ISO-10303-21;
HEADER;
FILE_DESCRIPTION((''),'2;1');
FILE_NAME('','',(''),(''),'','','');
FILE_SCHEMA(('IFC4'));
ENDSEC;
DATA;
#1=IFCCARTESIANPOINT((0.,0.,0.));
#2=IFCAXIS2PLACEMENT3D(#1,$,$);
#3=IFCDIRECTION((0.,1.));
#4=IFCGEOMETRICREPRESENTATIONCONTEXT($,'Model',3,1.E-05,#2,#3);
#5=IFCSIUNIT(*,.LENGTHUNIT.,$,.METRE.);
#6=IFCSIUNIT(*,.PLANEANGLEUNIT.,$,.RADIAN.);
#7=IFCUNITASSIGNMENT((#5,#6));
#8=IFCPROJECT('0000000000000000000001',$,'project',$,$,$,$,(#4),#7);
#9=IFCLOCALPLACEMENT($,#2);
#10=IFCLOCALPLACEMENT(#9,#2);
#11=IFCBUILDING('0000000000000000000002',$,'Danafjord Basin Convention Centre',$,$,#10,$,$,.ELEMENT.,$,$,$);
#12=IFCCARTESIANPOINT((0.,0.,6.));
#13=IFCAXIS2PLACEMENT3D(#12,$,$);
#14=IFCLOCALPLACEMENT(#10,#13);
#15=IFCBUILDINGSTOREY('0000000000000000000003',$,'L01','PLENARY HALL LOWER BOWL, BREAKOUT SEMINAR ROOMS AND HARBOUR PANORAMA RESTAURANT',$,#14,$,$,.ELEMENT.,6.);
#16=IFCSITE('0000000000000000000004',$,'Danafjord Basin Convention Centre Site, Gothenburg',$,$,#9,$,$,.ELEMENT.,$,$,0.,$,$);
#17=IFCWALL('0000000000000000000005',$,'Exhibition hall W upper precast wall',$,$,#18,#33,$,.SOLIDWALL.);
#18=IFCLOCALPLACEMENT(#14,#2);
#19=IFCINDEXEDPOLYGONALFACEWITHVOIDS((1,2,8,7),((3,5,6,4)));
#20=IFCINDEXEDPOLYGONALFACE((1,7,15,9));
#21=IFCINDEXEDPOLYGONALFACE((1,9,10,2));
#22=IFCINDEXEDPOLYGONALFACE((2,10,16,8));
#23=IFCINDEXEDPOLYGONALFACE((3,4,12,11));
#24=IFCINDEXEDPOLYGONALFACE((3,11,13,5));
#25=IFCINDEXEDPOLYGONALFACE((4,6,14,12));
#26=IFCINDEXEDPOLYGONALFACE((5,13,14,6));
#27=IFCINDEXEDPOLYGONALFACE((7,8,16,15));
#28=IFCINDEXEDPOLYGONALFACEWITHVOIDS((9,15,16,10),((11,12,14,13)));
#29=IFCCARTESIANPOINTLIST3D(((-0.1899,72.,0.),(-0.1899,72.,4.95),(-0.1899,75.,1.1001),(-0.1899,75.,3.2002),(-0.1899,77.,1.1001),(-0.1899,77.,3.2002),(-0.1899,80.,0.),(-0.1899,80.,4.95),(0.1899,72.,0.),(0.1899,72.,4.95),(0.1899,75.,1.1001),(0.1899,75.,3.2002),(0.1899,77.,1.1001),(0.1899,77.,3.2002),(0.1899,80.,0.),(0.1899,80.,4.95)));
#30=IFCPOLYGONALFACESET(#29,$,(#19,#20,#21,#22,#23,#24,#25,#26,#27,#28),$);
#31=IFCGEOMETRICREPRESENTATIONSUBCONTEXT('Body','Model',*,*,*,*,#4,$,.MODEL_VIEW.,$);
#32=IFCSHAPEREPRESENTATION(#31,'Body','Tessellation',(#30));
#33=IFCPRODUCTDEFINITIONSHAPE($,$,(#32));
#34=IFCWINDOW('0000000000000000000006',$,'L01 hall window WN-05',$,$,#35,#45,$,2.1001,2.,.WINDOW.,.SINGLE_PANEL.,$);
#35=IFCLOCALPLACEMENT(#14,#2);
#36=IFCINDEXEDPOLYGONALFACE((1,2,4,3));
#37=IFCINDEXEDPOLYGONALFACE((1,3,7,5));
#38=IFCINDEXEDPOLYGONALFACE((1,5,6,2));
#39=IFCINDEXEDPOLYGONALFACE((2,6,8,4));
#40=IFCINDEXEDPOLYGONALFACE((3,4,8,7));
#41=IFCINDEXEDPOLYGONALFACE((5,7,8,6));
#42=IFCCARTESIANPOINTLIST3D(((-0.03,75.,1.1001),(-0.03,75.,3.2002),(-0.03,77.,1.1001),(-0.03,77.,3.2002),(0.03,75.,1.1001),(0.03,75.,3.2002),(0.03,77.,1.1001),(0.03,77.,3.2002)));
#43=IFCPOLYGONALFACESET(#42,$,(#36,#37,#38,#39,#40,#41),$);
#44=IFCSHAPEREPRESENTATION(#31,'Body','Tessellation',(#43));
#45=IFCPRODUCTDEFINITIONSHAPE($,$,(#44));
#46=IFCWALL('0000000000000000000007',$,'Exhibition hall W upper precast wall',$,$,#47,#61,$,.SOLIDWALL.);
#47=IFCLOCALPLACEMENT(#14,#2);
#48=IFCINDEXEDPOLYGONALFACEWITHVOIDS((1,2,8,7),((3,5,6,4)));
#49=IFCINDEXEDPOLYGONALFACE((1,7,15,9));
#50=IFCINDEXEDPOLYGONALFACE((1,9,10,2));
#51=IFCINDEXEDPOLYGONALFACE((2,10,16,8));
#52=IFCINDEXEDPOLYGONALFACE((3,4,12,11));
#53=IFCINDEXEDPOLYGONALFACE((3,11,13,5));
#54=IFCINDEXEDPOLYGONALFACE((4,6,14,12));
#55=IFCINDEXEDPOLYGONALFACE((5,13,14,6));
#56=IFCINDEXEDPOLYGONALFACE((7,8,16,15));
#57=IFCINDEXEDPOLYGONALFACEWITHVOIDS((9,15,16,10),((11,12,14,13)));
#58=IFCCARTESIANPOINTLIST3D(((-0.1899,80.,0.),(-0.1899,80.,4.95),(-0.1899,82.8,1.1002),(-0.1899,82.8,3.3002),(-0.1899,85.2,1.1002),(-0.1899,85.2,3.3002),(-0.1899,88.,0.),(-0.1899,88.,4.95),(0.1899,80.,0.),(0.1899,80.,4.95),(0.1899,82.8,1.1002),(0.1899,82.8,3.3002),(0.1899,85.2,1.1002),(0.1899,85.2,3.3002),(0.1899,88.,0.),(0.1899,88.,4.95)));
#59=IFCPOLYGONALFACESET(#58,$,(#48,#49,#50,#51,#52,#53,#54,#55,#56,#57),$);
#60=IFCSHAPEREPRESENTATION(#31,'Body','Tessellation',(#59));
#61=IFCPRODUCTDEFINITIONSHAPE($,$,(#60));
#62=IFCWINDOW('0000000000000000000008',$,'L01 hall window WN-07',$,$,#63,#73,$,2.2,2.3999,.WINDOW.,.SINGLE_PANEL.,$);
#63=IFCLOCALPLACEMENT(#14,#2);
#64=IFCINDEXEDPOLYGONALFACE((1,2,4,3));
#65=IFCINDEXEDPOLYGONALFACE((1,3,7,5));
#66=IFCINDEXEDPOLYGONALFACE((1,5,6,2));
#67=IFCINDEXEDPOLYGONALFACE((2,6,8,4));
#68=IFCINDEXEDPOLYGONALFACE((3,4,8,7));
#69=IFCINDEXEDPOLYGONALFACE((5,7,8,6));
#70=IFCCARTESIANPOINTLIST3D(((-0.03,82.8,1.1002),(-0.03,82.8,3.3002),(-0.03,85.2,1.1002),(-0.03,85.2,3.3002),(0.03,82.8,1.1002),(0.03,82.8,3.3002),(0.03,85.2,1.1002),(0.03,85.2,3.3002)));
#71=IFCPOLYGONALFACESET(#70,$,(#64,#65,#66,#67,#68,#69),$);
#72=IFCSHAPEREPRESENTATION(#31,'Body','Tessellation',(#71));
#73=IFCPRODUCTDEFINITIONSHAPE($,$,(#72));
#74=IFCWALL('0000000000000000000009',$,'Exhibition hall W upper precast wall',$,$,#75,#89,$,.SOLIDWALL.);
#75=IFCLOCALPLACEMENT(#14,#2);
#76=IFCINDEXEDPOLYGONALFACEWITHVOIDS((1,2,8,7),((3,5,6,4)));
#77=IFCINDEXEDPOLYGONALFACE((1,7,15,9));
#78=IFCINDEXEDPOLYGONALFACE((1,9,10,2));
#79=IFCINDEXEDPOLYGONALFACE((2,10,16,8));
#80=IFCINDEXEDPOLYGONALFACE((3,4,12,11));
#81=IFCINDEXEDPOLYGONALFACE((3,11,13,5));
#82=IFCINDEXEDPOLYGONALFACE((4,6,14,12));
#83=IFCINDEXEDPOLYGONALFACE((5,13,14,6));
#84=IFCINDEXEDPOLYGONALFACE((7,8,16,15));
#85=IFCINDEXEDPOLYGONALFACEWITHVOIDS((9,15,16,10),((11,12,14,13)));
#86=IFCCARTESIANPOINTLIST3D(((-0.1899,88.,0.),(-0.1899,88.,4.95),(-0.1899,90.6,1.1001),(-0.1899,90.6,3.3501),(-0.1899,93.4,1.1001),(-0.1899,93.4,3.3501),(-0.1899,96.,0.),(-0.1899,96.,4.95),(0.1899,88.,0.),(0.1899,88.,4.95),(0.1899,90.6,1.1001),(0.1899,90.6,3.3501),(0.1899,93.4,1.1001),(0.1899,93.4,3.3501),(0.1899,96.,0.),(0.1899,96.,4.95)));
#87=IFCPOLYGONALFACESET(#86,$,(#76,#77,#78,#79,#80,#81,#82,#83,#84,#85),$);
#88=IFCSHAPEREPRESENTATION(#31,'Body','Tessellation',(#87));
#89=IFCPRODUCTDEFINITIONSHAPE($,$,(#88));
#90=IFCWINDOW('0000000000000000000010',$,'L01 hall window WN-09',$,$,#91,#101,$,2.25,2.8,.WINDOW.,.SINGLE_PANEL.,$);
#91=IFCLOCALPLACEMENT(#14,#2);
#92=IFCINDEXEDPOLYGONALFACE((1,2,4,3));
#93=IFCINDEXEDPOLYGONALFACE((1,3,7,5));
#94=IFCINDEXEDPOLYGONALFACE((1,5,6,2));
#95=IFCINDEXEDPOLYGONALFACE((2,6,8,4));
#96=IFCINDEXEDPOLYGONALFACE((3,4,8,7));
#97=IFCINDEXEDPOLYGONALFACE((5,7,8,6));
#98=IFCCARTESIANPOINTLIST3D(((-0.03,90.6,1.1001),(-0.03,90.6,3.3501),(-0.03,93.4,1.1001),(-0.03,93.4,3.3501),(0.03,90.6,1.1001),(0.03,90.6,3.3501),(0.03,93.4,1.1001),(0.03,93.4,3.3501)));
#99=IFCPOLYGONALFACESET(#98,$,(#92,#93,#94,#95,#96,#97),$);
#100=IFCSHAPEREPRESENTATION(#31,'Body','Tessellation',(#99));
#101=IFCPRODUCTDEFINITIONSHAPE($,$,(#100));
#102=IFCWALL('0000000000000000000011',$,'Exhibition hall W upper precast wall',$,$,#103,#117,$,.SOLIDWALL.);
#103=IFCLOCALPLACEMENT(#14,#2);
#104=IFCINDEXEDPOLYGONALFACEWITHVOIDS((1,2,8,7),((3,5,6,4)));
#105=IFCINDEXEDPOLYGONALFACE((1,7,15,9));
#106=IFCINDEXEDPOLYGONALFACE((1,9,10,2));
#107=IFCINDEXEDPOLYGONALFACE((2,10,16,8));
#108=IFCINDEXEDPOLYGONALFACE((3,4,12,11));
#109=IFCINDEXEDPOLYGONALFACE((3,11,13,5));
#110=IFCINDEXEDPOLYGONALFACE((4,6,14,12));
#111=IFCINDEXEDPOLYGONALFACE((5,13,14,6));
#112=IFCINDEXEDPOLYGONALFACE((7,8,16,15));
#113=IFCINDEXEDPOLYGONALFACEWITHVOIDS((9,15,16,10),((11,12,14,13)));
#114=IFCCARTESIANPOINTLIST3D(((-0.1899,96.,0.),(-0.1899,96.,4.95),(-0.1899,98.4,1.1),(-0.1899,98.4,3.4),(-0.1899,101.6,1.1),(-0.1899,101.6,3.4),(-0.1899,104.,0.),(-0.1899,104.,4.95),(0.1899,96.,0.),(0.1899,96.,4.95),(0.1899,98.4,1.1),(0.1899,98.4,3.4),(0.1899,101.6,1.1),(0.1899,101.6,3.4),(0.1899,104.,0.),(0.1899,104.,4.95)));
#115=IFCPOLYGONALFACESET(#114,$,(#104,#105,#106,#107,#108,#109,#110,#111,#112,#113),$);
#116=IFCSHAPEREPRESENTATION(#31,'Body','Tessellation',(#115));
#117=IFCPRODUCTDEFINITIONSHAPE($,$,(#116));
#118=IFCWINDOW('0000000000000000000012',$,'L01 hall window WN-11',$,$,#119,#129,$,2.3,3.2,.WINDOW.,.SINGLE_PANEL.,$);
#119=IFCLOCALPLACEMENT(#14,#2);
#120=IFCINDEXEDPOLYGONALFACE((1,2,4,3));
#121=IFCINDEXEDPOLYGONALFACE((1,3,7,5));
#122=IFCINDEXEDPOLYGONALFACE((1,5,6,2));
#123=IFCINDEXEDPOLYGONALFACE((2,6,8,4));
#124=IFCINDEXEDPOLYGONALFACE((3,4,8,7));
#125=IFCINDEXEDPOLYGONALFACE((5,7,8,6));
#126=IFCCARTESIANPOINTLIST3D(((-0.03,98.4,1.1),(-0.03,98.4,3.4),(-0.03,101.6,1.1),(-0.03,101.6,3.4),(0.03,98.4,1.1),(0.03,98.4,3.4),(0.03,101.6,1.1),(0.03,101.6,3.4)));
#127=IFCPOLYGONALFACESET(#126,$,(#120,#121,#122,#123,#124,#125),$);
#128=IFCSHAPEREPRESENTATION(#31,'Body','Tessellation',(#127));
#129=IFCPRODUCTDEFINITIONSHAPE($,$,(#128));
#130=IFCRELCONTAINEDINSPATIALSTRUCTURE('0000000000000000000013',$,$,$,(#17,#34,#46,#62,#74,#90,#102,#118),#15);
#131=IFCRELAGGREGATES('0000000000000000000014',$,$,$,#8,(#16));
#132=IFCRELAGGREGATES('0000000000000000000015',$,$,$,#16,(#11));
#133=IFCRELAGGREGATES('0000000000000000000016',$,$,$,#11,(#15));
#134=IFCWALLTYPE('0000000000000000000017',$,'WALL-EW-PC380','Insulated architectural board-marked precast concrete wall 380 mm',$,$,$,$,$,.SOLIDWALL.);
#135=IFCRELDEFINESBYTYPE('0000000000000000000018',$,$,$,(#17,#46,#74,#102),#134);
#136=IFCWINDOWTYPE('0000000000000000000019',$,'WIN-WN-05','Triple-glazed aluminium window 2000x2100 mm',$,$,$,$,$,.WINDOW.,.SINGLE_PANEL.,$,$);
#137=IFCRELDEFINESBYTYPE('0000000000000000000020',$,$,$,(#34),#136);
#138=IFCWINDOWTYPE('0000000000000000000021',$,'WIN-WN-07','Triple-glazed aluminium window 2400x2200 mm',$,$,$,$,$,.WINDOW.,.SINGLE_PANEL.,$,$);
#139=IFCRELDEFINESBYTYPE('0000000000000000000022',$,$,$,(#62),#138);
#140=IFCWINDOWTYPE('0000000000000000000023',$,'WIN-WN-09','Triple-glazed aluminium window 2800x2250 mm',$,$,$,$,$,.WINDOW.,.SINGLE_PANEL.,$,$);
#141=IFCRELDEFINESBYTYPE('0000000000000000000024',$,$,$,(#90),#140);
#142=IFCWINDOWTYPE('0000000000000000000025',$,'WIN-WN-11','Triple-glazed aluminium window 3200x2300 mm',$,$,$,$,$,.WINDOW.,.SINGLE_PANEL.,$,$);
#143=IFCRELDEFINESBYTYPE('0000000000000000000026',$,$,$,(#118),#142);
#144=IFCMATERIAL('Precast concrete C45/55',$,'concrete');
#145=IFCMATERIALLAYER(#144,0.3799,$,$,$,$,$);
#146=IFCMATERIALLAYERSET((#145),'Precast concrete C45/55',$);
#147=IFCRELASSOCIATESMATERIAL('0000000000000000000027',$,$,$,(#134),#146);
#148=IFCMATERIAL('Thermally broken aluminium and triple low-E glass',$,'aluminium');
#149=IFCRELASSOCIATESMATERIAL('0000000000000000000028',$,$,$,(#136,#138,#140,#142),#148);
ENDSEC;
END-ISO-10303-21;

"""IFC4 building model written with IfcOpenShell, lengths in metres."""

from ifc_helpers import new_model, si_unit, direction, frame, frame_2d, origin, place, context, subcontext, project, spatial, rectangle, extrude, material, layer, layer_set, type_object, element, fill, save


model = new_model("IFC4")

# Units and contexts
model_context = context("Model", 3, precision=1e-05, world=origin(), true_north=direction((0.0, 1.0)))
body_context = subcontext(model_context, "Body", "Model", "MODEL_VIEW")
ifc_project = project(units=[si_unit("LENGTHUNIT", "METRE"), si_unit("PLANEANGLEUNIT", "RADIAN")], contexts=[model_context])

# Site, building, storey
site_placement = place(None, origin())
site = spatial("IfcSite", under=ifc_project, at=site_placement, Name="Danafjord Basin Convention Centre Site, Gothenburg", CompositionType="ELEMENT", RefElevation=0.0)
building_placement = place(site_placement, origin())
building = spatial("IfcBuilding", under=site, at=building_placement, Name="Danafjord Basin Convention Centre", CompositionType="ELEMENT")
storey_placement = place(building_placement, frame((0.0, 0.0, 6.0)))
storey = spatial("IfcBuildingStorey", under=building, at=storey_placement, Name="L01", Description="PLENARY HALL LOWER BOWL, BREAKOUT SEMINAR ROOMS AND HARBOUR PANORAMA RESTAURANT", CompositionType="ELEMENT", Elevation=6.0)

# Walls, openings, windows
ifc_material_1 = material(Name="Precast concrete C45/55", Category="concrete")
ifc_layer_1 = layer(ifc_material_1, 0.3799)
ifc_layer_set_1 = layer_set([ifc_layer_1], Name="Precast concrete C45/55")
wall_type_1 = type_object("IfcWallType", Name="WALL-EW-PC380", Description="Insulated architectural board-marked precast concrete wall 380 mm", PredefinedType="SOLIDWALL", material=ifc_layer_set_1)
wall_1_placement = place(storey_placement, frame((0.0, 72.0, 0.0), z_axis=(0.0, 0.0, 1.0), x_axis=(0.0, 1.0, 0.0)))
wall_1 = element("IfcWall", 1, at=wall_1_placement, inside=storey, type_object=wall_type_1, Name="Exhibition hall W upper precast wall", PredefinedType="SOLIDWALL", context=body_context, shape_type="SweptSolid", body=[
    extrude(rectangle(XDim=8.0, YDim=0.3799, at=frame_2d((4.0, 0.0))), origin(), (0.0, 0.0, 1.0), 4.95),
])
opening_1_placement = place(wall_1_placement, frame((3.0, 0.0, 1.1001)))
opening_1 = element("IfcOpeningElement", 2, at=opening_1_placement, cuts=wall_1, PredefinedType="OPENING", context=body_context, shape_type="SweptSolid", body=[
    extrude(rectangle(XDim=2.0, YDim=2.1001, at=frame_2d((1.0, 1.05))), frame((0.0, 0.2, 0.0), z_axis=(0.0, -1.0, 0.0), x_axis=(1.0, 0.0, 0.0)), (0.0, 0.0, 1.0), 0.3999),
])
ifc_material_2 = material(Name="Thermally broken aluminium and triple low-E glass", Category="aluminium")
window_type_1 = type_object("IfcWindowType", Name="WIN-WN-05", Description="Triple-glazed aluminium window 2000x2100 mm", PartitioningType="SINGLE_PANEL", PredefinedType="WINDOW", material=ifc_material_2)
window_1_placement = place(opening_1_placement, origin())
window_1 = element("IfcWindow", 3, at=window_1_placement, inside=storey, type_object=window_type_1, Name="L01 hall window WN-05", OverallHeight=2.1001, OverallWidth=2.0, PartitioningType="SINGLE_PANEL", PredefinedType="WINDOW", context=body_context, shape_type="SweptSolid", body=[
    extrude(rectangle(XDim=2.0, YDim=2.1001, at=frame_2d((1.0, 1.05))), frame((0.0, 0.03, 0.0), z_axis=(0.0, -1.0, 0.0), x_axis=(1.0, 0.0, 0.0)), (0.0, 0.0, 1.0), 0.0601),
])
fill(opening_1, window_1)
wall_2_placement = place(storey_placement, frame((0.0, 80.0, 0.0), z_axis=(0.0, 0.0, 1.0), x_axis=(0.0, 1.0, 0.0)))
wall_2 = element("IfcWall", 4, at=wall_2_placement, inside=storey, type_object=wall_type_1, Name="Exhibition hall W upper precast wall", PredefinedType="SOLIDWALL", context=body_context, shape_type="SweptSolid", body=[
    extrude(rectangle(XDim=8.0, YDim=0.3799, at=frame_2d((4.0, 0.0))), origin(), (0.0, 0.0, 1.0), 4.95),
])
opening_2_placement = place(wall_2_placement, frame((2.8, 0.0, 1.1001)))
opening_2 = element("IfcOpeningElement", 5, at=opening_2_placement, cuts=wall_2, PredefinedType="OPENING", context=body_context, shape_type="SweptSolid", body=[
    extrude(rectangle(XDim=2.3999, YDim=2.2, at=frame_2d((1.2, 1.1001))), frame((0.0, 0.2, 0.0), z_axis=(0.0, -1.0, 0.0), x_axis=(1.0, 0.0, 0.0)), (0.0, 0.0, 1.0), 0.3999),
])
window_type_2 = type_object("IfcWindowType", Name="WIN-WN-07", Description="Triple-glazed aluminium window 2400x2200 mm", PartitioningType="SINGLE_PANEL", PredefinedType="WINDOW", material=ifc_material_2)
window_2_placement = place(opening_2_placement, origin())
window_2 = element("IfcWindow", 6, at=window_2_placement, inside=storey, type_object=window_type_2, Name="L01 hall window WN-07", OverallHeight=2.2, OverallWidth=2.3999, PartitioningType="SINGLE_PANEL", PredefinedType="WINDOW", context=body_context, shape_type="SweptSolid", body=[
    extrude(rectangle(XDim=2.3999, YDim=2.2, at=frame_2d((1.2, 1.1001))), frame((0.0, 0.03, 0.0), z_axis=(0.0, -1.0, 0.0), x_axis=(1.0, 0.0, 0.0)), (0.0, 0.0, 1.0), 0.0601),
])
fill(opening_2, window_2)
wall_3_placement = place(storey_placement, frame((0.0, 88.0, 0.0), z_axis=(0.0, 0.0, 1.0), x_axis=(0.0, 1.0, 0.0)))
wall_3 = element("IfcWall", 7, at=wall_3_placement, inside=storey, type_object=wall_type_1, Name="Exhibition hall W upper precast wall", PredefinedType="SOLIDWALL", context=body_context, shape_type="SweptSolid", body=[
    extrude(rectangle(XDim=8.0, YDim=0.3799, at=frame_2d((4.0, 0.0))), origin(), (0.0, 0.0, 1.0), 4.95),
])
opening_3_placement = place(wall_3_placement, frame((2.6001, 0.0, 1.1001)))
opening_3 = element("IfcOpeningElement", 8, at=opening_3_placement, cuts=wall_3, PredefinedType="OPENING", context=body_context, shape_type="SweptSolid", body=[
    extrude(rectangle(XDim=2.8, YDim=2.25, at=frame_2d((1.3999, 1.125))), frame((0.0, 0.2, 0.0), z_axis=(0.0, -1.0, 0.0), x_axis=(1.0, 0.0, 0.0)), (0.0, 0.0, 1.0), 0.3999),
])
window_type_3 = type_object("IfcWindowType", Name="WIN-WN-09", Description="Triple-glazed aluminium window 2800x2250 mm", PartitioningType="SINGLE_PANEL", PredefinedType="WINDOW", material=ifc_material_2)
window_3_placement = place(opening_3_placement, origin())
window_3 = element("IfcWindow", 9, at=window_3_placement, inside=storey, type_object=window_type_3, Name="L01 hall window WN-09", OverallHeight=2.25, OverallWidth=2.8, PartitioningType="SINGLE_PANEL", PredefinedType="WINDOW", context=body_context, shape_type="SweptSolid", body=[
    extrude(rectangle(XDim=2.8, YDim=2.25, at=frame_2d((1.3999, 1.125))), frame((0.0, 0.03, 0.0), z_axis=(0.0, -1.0, 0.0), x_axis=(1.0, 0.0, 0.0)), (0.0, 0.0, 1.0), 0.0601),
])
fill(opening_3, window_3)
wall_4_placement = place(storey_placement, frame((0.0, 96.0, 0.0), z_axis=(0.0, 0.0, 1.0), x_axis=(0.0, 1.0, 0.0)))
wall_4 = element("IfcWall", 10, at=wall_4_placement, inside=storey, type_object=wall_type_1, Name="Exhibition hall W upper precast wall", PredefinedType="SOLIDWALL", context=body_context, shape_type="SweptSolid", body=[
    extrude(rectangle(XDim=8.0, YDim=0.3799, at=frame_2d((4.0, 0.0))), origin(), (0.0, 0.0, 1.0), 4.95),
])
opening_4_placement = place(wall_4_placement, frame((2.3999, 0.0, 1.1001)))
opening_4 = element("IfcOpeningElement", 11, at=opening_4_placement, cuts=wall_4, PredefinedType="OPENING", context=body_context, shape_type="SweptSolid", body=[
    extrude(rectangle(XDim=3.2, YDim=2.3, at=frame_2d((1.6001, 1.1499))), frame((0.0, 0.2, 0.0), z_axis=(0.0, -1.0, 0.0), x_axis=(1.0, 0.0, 0.0)), (0.0, 0.0, 1.0), 0.3999),
])
window_type_4 = type_object("IfcWindowType", Name="WIN-WN-11", Description="Triple-glazed aluminium window 3200x2300 mm", PartitioningType="SINGLE_PANEL", PredefinedType="WINDOW", material=ifc_material_2)
window_4_placement = place(opening_4_placement, origin())
window_4 = element("IfcWindow", 12, at=window_4_placement, inside=storey, type_object=window_type_4, Name="L01 hall window WN-11", OverallHeight=2.3, OverallWidth=3.2, PartitioningType="SINGLE_PANEL", PredefinedType="WINDOW", context=body_context, shape_type="SweptSolid", body=[
    extrude(rectangle(XDim=3.2, YDim=2.3, at=frame_2d((1.6001, 1.1499))), frame((0.0, 0.03, 0.0), z_axis=(0.0, -1.0, 0.0), x_axis=(1.0, 0.0, 0.0)), (0.0, 0.0, 1.0), 0.0601),
])
fill(opening_4, window_4)

save(model, "model.ifc")
